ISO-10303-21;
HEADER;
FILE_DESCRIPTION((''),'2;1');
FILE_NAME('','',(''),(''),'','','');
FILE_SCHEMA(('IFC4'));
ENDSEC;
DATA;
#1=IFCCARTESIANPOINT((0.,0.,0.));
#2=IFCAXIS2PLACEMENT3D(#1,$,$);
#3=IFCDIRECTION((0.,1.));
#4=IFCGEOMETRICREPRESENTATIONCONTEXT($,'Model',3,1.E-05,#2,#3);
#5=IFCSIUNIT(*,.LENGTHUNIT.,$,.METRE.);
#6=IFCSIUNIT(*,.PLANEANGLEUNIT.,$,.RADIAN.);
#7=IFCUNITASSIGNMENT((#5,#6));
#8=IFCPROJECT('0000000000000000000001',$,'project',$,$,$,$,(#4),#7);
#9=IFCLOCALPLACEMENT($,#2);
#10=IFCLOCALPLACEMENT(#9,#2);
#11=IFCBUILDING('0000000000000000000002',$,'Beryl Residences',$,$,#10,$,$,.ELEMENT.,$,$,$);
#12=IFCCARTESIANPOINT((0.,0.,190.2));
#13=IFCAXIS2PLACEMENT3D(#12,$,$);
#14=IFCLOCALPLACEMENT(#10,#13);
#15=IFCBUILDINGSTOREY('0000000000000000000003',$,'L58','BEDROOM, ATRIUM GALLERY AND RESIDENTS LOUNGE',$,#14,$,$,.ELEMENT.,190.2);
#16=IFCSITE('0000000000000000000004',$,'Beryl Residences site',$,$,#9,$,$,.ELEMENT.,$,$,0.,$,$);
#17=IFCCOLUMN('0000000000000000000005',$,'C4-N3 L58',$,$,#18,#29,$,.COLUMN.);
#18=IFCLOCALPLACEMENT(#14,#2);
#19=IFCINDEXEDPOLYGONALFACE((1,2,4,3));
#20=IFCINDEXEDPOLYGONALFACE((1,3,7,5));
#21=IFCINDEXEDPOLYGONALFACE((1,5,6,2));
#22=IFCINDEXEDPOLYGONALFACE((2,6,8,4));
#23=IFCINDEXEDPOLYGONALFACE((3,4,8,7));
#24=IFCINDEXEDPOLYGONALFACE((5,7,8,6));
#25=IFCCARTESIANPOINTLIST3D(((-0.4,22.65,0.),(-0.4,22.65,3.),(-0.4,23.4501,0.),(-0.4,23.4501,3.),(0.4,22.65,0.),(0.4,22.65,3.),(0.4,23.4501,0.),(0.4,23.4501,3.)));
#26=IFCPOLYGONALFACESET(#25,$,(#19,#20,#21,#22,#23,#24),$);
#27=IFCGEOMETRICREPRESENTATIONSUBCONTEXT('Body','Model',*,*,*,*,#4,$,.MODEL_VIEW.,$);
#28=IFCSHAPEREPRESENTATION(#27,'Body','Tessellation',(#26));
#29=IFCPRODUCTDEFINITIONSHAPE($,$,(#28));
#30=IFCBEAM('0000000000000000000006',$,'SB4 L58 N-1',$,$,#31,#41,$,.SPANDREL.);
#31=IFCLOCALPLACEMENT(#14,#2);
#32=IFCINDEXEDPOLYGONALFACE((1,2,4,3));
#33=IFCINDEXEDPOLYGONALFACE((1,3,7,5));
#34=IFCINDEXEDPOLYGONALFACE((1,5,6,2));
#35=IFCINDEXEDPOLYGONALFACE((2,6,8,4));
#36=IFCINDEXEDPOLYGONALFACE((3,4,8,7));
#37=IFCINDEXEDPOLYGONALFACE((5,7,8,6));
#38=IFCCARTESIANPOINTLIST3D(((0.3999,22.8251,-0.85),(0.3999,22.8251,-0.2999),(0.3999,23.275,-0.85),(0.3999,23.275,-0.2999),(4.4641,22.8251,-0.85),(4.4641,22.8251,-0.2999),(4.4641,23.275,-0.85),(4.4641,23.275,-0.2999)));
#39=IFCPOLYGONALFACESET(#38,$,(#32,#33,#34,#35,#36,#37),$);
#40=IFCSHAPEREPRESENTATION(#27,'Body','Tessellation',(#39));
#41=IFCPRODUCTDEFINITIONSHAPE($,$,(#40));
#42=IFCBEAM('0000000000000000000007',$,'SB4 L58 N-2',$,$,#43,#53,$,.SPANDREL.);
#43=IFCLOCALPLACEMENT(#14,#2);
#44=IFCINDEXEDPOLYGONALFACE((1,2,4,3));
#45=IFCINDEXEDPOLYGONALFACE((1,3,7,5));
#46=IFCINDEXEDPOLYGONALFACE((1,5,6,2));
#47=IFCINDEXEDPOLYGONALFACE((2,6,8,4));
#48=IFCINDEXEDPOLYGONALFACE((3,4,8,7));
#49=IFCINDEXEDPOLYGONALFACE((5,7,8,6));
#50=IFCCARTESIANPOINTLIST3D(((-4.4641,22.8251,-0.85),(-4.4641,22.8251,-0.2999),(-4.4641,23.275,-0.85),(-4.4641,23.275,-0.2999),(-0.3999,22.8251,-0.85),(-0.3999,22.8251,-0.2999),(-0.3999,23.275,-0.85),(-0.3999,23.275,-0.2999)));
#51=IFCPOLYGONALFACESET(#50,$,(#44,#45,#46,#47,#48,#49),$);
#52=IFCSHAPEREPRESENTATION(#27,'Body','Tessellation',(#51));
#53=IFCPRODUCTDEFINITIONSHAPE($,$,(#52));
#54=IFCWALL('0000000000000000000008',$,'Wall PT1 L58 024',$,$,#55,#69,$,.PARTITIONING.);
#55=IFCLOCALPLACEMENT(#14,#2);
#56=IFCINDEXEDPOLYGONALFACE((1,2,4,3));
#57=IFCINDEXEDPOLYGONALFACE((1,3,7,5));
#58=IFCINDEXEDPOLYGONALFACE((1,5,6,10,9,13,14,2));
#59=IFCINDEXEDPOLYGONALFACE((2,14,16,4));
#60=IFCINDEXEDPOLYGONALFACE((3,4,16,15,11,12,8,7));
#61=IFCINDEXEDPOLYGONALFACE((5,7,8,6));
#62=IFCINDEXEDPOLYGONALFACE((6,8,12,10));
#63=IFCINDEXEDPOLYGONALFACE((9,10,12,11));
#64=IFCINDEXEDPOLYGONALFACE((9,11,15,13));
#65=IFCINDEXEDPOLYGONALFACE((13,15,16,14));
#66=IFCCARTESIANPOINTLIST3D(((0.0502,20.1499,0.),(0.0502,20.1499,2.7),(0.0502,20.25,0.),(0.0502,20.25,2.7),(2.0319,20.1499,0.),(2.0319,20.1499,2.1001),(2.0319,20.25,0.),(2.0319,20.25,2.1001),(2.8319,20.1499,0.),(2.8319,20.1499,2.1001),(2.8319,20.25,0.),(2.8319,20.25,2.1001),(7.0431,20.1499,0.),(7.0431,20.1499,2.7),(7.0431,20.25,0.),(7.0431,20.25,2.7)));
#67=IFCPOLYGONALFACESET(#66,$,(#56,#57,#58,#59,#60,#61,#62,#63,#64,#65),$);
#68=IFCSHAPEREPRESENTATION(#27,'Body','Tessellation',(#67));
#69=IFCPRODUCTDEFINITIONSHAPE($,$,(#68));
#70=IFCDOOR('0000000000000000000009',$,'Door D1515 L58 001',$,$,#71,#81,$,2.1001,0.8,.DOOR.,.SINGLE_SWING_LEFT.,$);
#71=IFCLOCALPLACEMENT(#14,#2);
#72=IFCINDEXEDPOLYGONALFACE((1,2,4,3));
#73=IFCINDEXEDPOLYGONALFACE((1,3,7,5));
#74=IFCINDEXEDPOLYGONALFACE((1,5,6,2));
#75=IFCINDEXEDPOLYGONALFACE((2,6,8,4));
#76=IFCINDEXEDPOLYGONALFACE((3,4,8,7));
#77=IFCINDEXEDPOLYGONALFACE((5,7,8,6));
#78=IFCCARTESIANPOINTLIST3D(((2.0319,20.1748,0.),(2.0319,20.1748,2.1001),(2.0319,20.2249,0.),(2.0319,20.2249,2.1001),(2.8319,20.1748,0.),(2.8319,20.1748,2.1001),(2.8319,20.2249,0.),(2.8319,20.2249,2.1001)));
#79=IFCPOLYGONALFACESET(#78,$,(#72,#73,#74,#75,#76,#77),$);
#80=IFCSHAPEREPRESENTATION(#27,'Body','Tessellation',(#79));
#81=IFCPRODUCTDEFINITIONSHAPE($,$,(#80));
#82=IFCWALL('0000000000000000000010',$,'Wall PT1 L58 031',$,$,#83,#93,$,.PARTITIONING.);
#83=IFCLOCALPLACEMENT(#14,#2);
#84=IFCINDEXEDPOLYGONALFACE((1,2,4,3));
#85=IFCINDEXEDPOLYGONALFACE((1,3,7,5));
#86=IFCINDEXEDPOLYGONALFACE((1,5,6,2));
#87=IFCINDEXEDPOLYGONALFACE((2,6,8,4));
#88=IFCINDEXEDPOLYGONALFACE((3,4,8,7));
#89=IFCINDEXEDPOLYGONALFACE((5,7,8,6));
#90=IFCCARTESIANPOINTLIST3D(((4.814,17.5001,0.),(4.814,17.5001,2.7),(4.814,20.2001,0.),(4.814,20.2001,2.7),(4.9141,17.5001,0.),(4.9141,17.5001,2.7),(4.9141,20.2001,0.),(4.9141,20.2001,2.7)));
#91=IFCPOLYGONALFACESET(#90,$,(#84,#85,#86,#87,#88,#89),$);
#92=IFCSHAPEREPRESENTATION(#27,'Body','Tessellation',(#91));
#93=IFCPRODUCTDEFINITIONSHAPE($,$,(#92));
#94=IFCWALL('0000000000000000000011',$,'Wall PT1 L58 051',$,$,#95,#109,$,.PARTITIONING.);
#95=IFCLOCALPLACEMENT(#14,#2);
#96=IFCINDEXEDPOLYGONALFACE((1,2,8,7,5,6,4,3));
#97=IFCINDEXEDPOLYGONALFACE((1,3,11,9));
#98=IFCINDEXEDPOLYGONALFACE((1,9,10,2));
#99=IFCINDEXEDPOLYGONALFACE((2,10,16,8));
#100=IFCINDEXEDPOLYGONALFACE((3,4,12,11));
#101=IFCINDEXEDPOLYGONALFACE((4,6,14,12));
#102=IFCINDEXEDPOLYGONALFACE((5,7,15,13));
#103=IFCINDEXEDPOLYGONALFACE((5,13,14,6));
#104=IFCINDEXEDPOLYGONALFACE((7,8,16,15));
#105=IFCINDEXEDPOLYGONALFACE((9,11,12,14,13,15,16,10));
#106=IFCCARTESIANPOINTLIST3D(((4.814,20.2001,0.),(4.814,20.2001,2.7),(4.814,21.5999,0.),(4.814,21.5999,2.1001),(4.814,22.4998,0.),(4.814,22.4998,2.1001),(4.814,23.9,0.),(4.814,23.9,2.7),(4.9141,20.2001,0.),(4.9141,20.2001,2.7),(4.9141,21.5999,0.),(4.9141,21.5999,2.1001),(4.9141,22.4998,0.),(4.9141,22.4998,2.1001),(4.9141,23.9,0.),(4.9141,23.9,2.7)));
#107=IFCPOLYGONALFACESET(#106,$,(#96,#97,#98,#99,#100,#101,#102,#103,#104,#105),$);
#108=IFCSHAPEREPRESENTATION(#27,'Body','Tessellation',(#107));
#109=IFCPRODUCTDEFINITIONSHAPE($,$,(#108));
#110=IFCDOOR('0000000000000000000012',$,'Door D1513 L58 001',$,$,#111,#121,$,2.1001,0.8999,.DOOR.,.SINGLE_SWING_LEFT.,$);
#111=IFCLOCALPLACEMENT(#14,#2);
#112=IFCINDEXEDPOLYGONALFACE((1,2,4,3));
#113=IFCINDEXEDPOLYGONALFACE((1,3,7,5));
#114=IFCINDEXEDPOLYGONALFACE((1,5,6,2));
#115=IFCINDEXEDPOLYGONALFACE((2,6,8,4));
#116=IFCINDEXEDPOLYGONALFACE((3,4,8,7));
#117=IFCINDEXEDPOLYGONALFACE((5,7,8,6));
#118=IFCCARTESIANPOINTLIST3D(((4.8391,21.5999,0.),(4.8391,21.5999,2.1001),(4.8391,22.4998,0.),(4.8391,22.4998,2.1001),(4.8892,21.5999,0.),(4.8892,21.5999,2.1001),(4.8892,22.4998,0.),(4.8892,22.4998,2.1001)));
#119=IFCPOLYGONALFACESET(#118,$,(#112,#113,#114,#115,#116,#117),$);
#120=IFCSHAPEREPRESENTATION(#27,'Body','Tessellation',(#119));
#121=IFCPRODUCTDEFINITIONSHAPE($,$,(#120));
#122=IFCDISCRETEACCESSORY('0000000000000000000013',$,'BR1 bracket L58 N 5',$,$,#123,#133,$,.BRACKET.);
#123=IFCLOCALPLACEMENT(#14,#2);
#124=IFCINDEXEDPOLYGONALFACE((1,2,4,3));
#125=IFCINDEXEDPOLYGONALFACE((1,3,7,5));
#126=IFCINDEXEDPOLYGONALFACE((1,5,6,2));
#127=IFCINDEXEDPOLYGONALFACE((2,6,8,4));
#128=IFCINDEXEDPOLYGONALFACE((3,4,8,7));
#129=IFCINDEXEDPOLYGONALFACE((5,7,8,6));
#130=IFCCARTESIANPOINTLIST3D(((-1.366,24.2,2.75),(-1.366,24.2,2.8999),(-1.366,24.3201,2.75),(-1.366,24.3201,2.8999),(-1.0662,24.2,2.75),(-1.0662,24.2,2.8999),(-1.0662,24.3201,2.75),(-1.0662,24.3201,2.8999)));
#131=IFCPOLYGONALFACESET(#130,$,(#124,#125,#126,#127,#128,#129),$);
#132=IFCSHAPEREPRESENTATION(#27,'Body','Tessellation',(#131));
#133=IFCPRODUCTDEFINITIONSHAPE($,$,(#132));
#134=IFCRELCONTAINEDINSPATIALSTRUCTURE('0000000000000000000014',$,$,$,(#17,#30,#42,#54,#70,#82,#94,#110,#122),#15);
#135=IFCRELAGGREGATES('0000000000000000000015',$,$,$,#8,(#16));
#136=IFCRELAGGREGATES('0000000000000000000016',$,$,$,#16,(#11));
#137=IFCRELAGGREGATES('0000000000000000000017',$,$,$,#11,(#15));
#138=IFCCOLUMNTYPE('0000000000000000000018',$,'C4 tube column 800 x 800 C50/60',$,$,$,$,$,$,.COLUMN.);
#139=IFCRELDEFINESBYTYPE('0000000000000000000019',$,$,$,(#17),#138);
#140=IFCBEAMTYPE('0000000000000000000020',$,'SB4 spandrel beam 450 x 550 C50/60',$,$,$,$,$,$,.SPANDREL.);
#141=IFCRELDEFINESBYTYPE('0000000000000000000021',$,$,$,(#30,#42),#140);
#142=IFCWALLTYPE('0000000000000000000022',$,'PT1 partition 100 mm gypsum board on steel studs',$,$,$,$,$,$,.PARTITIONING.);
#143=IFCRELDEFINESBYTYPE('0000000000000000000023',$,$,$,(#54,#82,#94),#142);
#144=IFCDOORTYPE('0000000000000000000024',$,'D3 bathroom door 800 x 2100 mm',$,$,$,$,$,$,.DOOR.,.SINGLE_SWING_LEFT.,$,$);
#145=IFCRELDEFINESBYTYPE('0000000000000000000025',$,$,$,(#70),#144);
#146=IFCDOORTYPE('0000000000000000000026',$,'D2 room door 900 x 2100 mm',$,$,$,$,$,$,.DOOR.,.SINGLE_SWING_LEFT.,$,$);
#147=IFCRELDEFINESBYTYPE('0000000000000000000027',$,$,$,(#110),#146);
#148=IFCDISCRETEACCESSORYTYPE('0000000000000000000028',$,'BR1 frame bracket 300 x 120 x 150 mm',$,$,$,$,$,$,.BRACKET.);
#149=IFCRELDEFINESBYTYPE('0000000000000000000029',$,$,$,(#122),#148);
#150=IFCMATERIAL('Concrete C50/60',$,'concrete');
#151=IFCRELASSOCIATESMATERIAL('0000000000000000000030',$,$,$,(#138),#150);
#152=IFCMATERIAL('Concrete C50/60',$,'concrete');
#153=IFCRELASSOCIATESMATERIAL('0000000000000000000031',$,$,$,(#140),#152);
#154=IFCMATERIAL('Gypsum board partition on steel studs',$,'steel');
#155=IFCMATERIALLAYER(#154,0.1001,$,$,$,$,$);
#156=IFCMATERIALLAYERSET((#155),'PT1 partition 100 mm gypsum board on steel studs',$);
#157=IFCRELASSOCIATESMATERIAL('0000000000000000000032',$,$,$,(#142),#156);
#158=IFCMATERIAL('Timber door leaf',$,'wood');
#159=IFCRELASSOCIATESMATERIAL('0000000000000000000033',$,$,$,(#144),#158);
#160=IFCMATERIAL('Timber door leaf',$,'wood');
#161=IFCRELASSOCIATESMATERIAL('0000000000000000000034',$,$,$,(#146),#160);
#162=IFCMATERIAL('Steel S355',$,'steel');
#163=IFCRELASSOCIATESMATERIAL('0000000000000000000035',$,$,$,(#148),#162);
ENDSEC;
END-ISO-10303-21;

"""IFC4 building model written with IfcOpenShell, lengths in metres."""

from ifc_helpers import new_model, si_unit, direction, frame, frame_2d, origin, origin_2d, place, context, subcontext, project, spatial, polyline, rectangle, outline, extrude, source, transform, mapped, material, layer, layer_set, material_profile, profile_set, type_object, type_shapes, element, fill, save


model = new_model("IFC4")

# Units and contexts
model_context = context("Model", 3, precision=1e-05, world=origin(), true_north=direction((0.0, 1.0)))
body_context = subcontext(model_context, "Body", "Model", "MODEL_VIEW")
ifc_project = project(units=[si_unit("LENGTHUNIT", "METRE"), si_unit("PLANEANGLEUNIT", "RADIAN")], contexts=[model_context])

# Site, building, storey
site_placement = place(None, origin())
site = spatial("IfcSite", under=ifc_project, at=site_placement, Name="Beryl Residences site", CompositionType="ELEMENT", RefElevation=0.0)
building_placement = place(site_placement, origin())
building = spatial("IfcBuilding", under=site, at=building_placement, Name="Beryl Residences", CompositionType="ELEMENT")
storey_placement = place(building_placement, frame((0.0, 0.0, 190.2)))
storey = spatial("IfcBuildingStorey", under=building, at=storey_placement, Name="L58", Description="BEDROOM, ATRIUM GALLERY AND RESIDENTS LOUNGE", CompositionType="ELEMENT", Elevation=190.2)

# Column
ifc_material_1 = material(Name="Concrete C50/60", Category="concrete")
ifc_material_profile_1 = material_profile(ifc_material_1, rectangle(XDim=0.8, YDim=0.8, at=origin_2d()))
ifc_profile_set_1 = profile_set([ifc_material_profile_1], Name="Concrete C50/60")
column_type = type_object("IfcColumnType", Name="C4 tube column 800 x 800 C50/60", PredefinedType="COLUMN", material=ifc_profile_set_1)
column_placement = place(storey_placement, frame((0.0, 23.05, 0.0), z_axis=(0.0, 0.0, 1.0), x_axis=(-1.0, 0.0, 0.0)))
element("IfcColumn", 1, at=column_placement, inside=storey, type_object=column_type, Name="C4-N3 L58", PredefinedType="COLUMN", context=body_context, shape_type="SweptSolid", body=[
    extrude(rectangle(XDim=0.8, YDim=0.8, at=origin_2d()), origin(), (0.0, 0.0, 1.0), 3.0),
])

# Beams
ifc_material_2 = material(Name="Concrete C50/60", Category="concrete")
ifc_material_profile_2 = material_profile(ifc_material_2, rectangle(XDim=0.45, YDim=0.55, at=origin_2d()))
ifc_profile_set_2 = profile_set([ifc_material_profile_2], Name="Concrete C50/60")
beam_type = type_object("IfcBeamType", Name="SB4 spandrel beam 450 x 550 C50/60", PredefinedType="SPANDREL", material=ifc_profile_set_2)
for number, where, z_axis, x_axis, name in (
    (2, (4.4641, 23.05, -0.575), (-1.0, 0.0, 0.0), (0.0, -1.0, 0.0), "SB4 L58 N-1"),
    (3, (-0.3999, 23.05, -0.575), (-1.0, 0.0, 0.0), (0.0, -1.0, 0.0), "SB4 L58 N-2"),
):
    element("IfcBeam", number, at=place(storey_placement, frame(where, z_axis=z_axis, x_axis=x_axis)), inside=storey, type_object=beam_type, Name=name, PredefinedType="SPANDREL", context=body_context, shape_type="SweptSolid", body=[
        extrude(rectangle(XDim=0.45, YDim=0.55, at=origin_2d()), origin(), (0.0, 0.0, 1.0), 4.0642),
    ])

# Wall, opening, door
ifc_material_3 = material(Name="Gypsum board partition on steel studs", Category="steel")
ifc_layer = layer(ifc_material_3, 0.1001)
ifc_layer_set = layer_set([ifc_layer], Name="PT1 partition 100 mm gypsum board on steel studs")
wall_type = type_object("IfcWallType", Name="PT1 partition 100 mm gypsum board on steel studs", PredefinedType="PARTITIONING", material=ifc_layer_set)
wall_1_placement = place(storey_placement, frame((0.05, 20.2, 0.0), z_axis=(0.0, 0.0, 1.0), x_axis=(1.0, 0.0, 0.0)))
wall_1 = element("IfcWall", 4, at=wall_1_placement, inside=storey, type_object=wall_type, Name="Wall PT1 L58 024", PredefinedType="PARTITIONING", context=body_context, shape_type="SweptSolid", body=[
    extrude(rectangle(XDim=6.9929, YDim=0.1001, at=frame_2d((3.4966, 0.0))), origin(), (0.0, 0.0, 1.0), 2.7),
])
opening_1_placement = place(wall_1_placement, frame((1.9819, 0.0, 0.0)))
opening_1 = element("IfcOpeningElement", 5, at=opening_1_placement, cuts=wall_1, PredefinedType="OPENING", context=body_context, shape_type="SweptSolid", body=[
    extrude(rectangle(XDim=0.8, YDim=2.1001, at=frame_2d((0.3999, 1.05))), frame((0.0, 0.0601, 0.0), z_axis=(0.0, -1.0, 0.0), x_axis=(1.0, 0.0, 0.0)), (0.0, 0.0, 1.0), 0.1201),
])
ifc_material_4 = material(Name="Timber door leaf", Category="wood")
door_type_1 = type_object("IfcDoorType", Name="D3 bathroom door 800 x 2100 mm", OperationType="SINGLE_SWING_LEFT", PredefinedType="DOOR", material=ifc_material_4)
door_1_placement = place(opening_1_placement, origin())
door_1 = element("IfcDoor", 6, at=door_1_placement, inside=storey, type_object=door_type_1, Name="Door D1515 L58 001", OperationType="SINGLE_SWING_LEFT", OverallHeight=2.1001, OverallWidth=0.8, PredefinedType="DOOR", context=body_context, shape_type="SweptSolid", body=[
    extrude(rectangle(XDim=0.8, YDim=2.1001, at=frame_2d((0.3999, 1.05))), frame((0.0, 0.0249, 0.0), z_axis=(0.0, -1.0, 0.0), x_axis=(1.0, 0.0, 0.0)), (0.0, 0.0, 1.0), 0.05),
])
fill(opening_1, door_1)

# Wall
wall_2_placement = place(storey_placement, frame((4.864, 17.5, 0.0), z_axis=(0.0, 0.0, 1.0), x_axis=(0.0, 1.0, 0.0)))
element("IfcWall", 7, at=wall_2_placement, inside=storey, type_object=wall_type, Name="Wall PT1 L58 031", PredefinedType="PARTITIONING", context=body_context, shape_type="SweptSolid", body=[
    extrude(rectangle(XDim=2.7, YDim=0.1001, at=frame_2d((1.3501, 0.0))), origin(), (0.0, 0.0, 1.0), 2.7),
])

# Wall, opening, door
wall_3_placement = place(storey_placement, frame((4.864, 20.2, 0.0), z_axis=(0.0, 0.0, 1.0), x_axis=(0.0, 1.0, 0.0)))
wall_3 = element("IfcWall", 8, at=wall_3_placement, inside=storey, type_object=wall_type, Name="Wall PT1 L58 051", PredefinedType="PARTITIONING", context=body_context, shape_type="SweptSolid", body=[
    extrude(rectangle(XDim=3.7, YDim=0.1001, at=frame_2d((1.8501, 0.0))), origin(), (0.0, 0.0, 1.0), 2.7),
])
opening_2_placement = place(wall_3_placement, frame((1.3999, 0.0, 0.0)))
opening_2 = element("IfcOpeningElement", 9, at=opening_2_placement, cuts=wall_3, PredefinedType="OPENING", context=body_context, shape_type="SweptSolid", body=[
    extrude(rectangle(XDim=0.8999, YDim=2.1001, at=frame_2d((0.45, 1.05))), frame((0.0, 0.0601, 0.0), z_axis=(0.0, -1.0, 0.0), x_axis=(1.0, 0.0, 0.0)), (0.0, 0.0, 1.0), 0.1201),
])
ifc_material_5 = material(Name="Timber door leaf", Category="wood")
door_type_2 = type_object("IfcDoorType", Name="D2 room door 900 x 2100 mm", OperationType="SINGLE_SWING_LEFT", PredefinedType="DOOR", material=ifc_material_5)
door_2_placement = place(opening_2_placement, origin())
door_2 = element("IfcDoor", 10, at=door_2_placement, inside=storey, type_object=door_type_2, Name="Door D1513 L58 001", OperationType="SINGLE_SWING_LEFT", OverallHeight=2.1001, OverallWidth=0.8999, PredefinedType="DOOR", context=body_context, shape_type="SweptSolid", body=[
    extrude(rectangle(XDim=0.8999, YDim=2.1001, at=frame_2d((0.45, 1.05))), frame((0.0, 0.0249, 0.0), z_axis=(0.0, -1.0, 0.0), x_axis=(1.0, 0.0, 0.0)), (0.0, 0.0, 1.0), 0.05),
])
fill(opening_2, door_2)

# Discrete accessory
ifc_material_6 = material(Name="Steel S355", Category="steel")
discrete_accessory_type = type_object("IfcDiscreteAccessoryType", Name="BR1 frame bracket 300 x 120 x 150 mm", PredefinedType="BRACKET", material=ifc_material_6)
shared_shape_1 = source(origin(), body_context, "Body", "SweptSolid", [
    extrude(outline(polyline([(-0.1499, 0.0), (0.1499, 0.0), (0.1499, 0.1201), (-0.1499, 0.1201), (-0.1499, 0.0)])), origin(), (0.0, 0.0, 1.0), 0.1499),
])
type_shapes(discrete_accessory_type, [shared_shape_1])
discrete_accessory_placement = place(storey_placement, frame((-1.2161, 24.2, 2.75), z_axis=(0.0, 0.0, 1.0), x_axis=(1.0, 0.0, 0.0)))
element("IfcDiscreteAccessory", 11, at=discrete_accessory_placement, inside=storey, type_object=discrete_accessory_type, Name="BR1 bracket L58 N 5", PredefinedType="BRACKET", context=body_context, shape_type="MappedRepresentation", body=[
    mapped(shared_shape_1, transform((0.0, 0.0, 0.0))),
])

save(model, "model.ifc")
